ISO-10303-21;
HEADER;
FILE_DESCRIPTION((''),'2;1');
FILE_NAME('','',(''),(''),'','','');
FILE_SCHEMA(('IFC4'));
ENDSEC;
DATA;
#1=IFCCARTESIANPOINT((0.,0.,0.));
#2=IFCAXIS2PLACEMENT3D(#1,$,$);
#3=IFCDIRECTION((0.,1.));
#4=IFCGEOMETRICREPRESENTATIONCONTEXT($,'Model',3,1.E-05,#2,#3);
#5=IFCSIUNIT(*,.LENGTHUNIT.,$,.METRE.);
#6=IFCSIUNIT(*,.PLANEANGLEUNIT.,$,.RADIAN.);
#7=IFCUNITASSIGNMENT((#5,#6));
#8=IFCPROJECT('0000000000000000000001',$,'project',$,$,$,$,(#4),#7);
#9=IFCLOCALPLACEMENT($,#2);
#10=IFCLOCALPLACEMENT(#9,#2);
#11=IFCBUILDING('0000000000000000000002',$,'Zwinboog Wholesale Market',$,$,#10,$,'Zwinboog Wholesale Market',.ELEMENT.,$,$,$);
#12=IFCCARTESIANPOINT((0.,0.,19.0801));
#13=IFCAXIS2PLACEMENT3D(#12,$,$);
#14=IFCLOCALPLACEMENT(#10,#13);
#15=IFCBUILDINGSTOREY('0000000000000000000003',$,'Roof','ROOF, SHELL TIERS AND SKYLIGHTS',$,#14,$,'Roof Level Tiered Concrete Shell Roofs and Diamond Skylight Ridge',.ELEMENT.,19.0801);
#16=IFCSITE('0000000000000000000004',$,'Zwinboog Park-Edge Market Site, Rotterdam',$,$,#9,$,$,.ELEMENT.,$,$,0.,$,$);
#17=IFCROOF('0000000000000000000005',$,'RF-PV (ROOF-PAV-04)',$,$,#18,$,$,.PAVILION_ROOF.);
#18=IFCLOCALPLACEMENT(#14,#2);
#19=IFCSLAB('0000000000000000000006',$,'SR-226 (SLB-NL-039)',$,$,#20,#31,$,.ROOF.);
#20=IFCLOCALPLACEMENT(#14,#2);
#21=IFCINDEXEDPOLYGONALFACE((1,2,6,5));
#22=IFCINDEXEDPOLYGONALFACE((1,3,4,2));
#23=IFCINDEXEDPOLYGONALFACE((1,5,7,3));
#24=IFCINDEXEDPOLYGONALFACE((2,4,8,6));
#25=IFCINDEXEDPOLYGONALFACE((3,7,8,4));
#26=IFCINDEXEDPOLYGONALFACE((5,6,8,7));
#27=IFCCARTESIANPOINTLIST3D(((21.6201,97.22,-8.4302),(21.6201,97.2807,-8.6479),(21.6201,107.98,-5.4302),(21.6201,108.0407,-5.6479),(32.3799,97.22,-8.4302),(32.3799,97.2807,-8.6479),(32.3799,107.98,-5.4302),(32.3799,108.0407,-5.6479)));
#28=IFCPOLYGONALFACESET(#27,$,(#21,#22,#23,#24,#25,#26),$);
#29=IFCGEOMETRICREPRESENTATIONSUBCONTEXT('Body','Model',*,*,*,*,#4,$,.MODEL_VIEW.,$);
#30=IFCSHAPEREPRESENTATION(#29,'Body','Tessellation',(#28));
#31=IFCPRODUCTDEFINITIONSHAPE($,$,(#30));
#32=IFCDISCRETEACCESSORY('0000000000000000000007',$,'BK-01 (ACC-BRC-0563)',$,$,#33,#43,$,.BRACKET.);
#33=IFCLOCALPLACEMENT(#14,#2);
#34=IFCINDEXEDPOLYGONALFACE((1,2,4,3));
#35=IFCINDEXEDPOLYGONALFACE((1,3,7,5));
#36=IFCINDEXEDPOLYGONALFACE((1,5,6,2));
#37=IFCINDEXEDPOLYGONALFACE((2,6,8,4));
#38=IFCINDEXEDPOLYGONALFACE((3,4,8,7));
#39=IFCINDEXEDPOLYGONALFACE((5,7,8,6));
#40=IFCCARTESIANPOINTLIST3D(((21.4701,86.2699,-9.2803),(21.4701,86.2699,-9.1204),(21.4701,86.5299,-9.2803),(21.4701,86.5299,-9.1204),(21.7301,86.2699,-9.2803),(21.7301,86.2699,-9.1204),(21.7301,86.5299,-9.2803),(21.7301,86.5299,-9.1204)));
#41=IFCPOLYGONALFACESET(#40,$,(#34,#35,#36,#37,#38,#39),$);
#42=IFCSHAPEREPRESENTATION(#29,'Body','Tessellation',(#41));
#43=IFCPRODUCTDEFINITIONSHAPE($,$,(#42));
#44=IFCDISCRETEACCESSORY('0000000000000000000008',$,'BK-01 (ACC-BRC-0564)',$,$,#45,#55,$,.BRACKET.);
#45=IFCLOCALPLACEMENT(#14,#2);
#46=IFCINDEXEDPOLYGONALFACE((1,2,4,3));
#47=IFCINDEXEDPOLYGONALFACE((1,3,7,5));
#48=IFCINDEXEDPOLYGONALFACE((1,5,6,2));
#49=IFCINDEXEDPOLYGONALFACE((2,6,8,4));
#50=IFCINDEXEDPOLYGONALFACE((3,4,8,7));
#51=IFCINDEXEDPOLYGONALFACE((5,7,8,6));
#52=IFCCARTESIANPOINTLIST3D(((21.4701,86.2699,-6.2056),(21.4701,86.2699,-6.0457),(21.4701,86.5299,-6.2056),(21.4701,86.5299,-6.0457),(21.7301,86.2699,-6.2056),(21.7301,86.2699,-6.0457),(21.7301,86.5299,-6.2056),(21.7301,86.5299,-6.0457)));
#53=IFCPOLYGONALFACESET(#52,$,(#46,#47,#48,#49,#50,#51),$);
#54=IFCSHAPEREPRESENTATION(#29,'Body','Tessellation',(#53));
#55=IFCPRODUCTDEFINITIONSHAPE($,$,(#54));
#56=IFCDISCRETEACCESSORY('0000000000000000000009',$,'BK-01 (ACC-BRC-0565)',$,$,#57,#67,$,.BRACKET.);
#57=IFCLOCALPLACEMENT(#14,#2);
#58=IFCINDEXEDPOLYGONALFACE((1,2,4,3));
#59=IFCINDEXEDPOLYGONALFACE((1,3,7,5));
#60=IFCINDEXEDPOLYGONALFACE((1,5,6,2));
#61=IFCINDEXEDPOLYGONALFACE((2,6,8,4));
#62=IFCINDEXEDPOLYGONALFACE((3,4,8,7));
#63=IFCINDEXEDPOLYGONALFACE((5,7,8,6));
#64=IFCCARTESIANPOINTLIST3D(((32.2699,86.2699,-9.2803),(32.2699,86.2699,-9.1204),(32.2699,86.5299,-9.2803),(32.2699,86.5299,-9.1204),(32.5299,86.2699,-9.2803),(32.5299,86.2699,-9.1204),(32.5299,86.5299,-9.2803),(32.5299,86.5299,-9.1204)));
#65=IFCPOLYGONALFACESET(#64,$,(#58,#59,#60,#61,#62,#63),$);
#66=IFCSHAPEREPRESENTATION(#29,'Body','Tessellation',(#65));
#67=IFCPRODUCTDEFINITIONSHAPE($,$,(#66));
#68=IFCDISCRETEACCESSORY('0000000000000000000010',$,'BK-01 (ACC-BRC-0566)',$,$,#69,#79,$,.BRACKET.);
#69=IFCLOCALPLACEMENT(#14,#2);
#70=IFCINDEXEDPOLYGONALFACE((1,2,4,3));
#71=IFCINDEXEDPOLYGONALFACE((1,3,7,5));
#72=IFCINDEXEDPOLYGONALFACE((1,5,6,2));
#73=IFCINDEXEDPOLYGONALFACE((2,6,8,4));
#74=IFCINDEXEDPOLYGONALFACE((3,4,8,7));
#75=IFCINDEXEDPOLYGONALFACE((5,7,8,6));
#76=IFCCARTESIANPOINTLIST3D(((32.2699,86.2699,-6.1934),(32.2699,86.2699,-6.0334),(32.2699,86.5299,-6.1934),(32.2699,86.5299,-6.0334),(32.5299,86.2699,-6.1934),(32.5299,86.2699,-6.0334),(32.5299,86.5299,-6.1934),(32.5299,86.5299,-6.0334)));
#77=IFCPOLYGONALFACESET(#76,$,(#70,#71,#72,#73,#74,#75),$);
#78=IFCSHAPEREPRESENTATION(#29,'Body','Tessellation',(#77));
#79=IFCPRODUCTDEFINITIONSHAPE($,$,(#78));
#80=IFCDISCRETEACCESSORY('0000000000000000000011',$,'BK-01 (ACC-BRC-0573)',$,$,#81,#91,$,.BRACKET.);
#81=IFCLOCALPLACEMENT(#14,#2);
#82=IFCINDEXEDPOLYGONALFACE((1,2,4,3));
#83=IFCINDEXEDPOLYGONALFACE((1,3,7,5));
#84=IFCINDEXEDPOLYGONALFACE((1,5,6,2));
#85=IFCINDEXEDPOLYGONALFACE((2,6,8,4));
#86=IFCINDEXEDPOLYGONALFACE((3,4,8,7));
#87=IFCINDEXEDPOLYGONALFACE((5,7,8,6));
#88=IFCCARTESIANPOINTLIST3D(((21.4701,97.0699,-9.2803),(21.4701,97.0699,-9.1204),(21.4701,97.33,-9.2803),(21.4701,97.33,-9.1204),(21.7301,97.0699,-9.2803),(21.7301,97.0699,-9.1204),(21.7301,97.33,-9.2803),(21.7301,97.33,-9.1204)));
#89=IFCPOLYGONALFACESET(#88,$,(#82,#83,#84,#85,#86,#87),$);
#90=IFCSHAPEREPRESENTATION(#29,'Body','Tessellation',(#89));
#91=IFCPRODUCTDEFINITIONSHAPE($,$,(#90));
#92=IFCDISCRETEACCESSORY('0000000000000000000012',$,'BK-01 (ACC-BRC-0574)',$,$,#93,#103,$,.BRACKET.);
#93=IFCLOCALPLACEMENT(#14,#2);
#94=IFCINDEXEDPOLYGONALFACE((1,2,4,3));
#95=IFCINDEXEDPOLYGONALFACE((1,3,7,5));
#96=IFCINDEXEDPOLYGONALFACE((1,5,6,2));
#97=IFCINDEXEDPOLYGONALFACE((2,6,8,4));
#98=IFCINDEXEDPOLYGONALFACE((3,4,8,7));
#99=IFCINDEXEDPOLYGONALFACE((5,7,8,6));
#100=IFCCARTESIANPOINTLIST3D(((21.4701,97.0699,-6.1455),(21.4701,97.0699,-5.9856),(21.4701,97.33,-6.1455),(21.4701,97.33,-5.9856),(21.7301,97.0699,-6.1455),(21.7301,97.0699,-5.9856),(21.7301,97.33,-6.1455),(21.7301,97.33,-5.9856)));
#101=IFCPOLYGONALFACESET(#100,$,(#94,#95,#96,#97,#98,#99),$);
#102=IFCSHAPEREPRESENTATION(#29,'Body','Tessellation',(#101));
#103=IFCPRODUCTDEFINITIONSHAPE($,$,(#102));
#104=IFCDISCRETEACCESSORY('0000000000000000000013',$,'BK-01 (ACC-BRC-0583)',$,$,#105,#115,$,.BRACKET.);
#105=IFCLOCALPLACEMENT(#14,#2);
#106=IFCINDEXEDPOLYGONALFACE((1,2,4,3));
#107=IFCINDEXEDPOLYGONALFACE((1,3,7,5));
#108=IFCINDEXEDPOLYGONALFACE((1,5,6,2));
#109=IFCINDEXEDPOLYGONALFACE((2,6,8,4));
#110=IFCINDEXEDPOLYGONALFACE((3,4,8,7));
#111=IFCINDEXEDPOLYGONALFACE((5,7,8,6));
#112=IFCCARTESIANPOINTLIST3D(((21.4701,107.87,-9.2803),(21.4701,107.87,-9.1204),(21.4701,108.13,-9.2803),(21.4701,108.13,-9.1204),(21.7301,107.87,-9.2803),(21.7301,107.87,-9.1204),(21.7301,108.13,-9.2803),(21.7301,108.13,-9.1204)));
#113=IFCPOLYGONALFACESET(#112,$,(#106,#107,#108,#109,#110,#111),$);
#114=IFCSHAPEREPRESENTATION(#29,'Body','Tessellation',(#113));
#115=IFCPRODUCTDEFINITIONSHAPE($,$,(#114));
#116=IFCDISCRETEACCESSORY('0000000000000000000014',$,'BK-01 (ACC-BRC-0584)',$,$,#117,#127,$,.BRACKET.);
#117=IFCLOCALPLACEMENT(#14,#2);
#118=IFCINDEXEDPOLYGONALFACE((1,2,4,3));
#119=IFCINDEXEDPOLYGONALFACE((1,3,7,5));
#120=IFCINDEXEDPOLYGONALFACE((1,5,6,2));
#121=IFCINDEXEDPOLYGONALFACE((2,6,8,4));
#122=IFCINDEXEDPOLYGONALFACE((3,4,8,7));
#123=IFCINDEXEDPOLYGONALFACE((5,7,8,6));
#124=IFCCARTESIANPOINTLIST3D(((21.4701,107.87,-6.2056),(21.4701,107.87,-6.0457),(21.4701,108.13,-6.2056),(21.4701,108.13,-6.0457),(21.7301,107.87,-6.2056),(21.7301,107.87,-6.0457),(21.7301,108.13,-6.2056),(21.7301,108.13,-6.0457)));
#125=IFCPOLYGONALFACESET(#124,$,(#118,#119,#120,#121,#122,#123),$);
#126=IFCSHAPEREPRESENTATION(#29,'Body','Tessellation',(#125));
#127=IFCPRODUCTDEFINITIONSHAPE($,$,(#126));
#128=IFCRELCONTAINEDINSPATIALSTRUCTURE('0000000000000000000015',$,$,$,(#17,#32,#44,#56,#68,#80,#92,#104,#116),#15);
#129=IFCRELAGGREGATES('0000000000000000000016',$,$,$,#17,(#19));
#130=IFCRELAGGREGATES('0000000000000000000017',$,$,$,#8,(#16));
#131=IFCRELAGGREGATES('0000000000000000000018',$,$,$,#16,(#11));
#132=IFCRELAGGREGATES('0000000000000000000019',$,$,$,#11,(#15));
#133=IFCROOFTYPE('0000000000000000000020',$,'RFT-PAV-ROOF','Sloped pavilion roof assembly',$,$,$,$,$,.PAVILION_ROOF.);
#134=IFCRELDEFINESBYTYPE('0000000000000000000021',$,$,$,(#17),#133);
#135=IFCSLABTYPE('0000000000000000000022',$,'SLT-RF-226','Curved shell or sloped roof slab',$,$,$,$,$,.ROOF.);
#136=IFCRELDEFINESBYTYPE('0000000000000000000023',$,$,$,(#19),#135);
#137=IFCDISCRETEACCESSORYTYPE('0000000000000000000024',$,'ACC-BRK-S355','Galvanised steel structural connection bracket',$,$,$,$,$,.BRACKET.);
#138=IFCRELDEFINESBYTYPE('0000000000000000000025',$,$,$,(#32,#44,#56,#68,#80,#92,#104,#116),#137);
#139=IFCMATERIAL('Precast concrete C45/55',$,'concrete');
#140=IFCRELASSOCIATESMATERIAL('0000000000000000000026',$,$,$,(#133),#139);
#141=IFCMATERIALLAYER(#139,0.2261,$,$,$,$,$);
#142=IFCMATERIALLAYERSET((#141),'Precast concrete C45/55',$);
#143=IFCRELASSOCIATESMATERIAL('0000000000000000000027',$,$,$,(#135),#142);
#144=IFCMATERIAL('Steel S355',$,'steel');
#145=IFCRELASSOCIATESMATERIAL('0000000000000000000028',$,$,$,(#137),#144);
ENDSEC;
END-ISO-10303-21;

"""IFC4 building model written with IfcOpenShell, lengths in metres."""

from ifc_helpers import new_model, si_unit, direction, frame, origin, origin_2d, place, context, subcontext, project, spatial, polyline, rectangle, outline, extrude, material, layer, layer_set, type_object, element, aggregate, save


model = new_model("IFC4")

# Units and contexts
model_context = context("Model", 3, precision=1e-05, world=origin(), true_north=direction((0.0, 1.0)))
body_context = subcontext(model_context, "Body", "Model", "MODEL_VIEW")
ifc_project = project(units=[si_unit("LENGTHUNIT", "METRE"), si_unit("PLANEANGLEUNIT", "RADIAN")], contexts=[model_context])

# Site, building, storey
site_placement = place(None, origin())
site = spatial("IfcSite", under=ifc_project, at=site_placement, Name="Zwinboog Park-Edge Market Site, Rotterdam", CompositionType="ELEMENT", RefElevation=0.0)
building_placement = place(site_placement, origin())
building = spatial("IfcBuilding", under=site, at=building_placement, Name="Zwinboog Wholesale Market", LongName="Zwinboog Wholesale Market", CompositionType="ELEMENT")
storey_placement = place(building_placement, frame((0.0, 0.0, 19.0801)))
storey = spatial("IfcBuildingStorey", under=building, at=storey_placement, Name="Roof", Description="ROOF, SHELL TIERS AND SKYLIGHTS", LongName="Roof Level Tiered Concrete Shell Roofs and Diamond Skylight Ridge", CompositionType="ELEMENT", Elevation=19.0801)

# Shared definitions
ifc_material_1 = material(Name="Precast concrete C45/55", Category="concrete")

# Shared definitions
ifc_material_2 = material(Name="Steel S355", Category="steel")

# Roof
roof_type = type_object("IfcRoofType", Name="RFT-PAV-ROOF", Description="Sloped pavilion roof assembly", PredefinedType="PAVILION_ROOF", material=ifc_material_1)
roof_1_placement = place(storey_placement, origin())
roof_1 = element("IfcRoof", 1, at=roof_1_placement, inside=storey, type_object=roof_type, Name="RF-PV (ROOF-PAV-04)", PredefinedType="PAVILION_ROOF")
ifc_layer_1 = layer(ifc_material_1, 0.2261)
ifc_layer_set_1 = layer_set([ifc_layer_1], Name="Precast concrete C45/55")
slab_type_1 = type_object("IfcSlabType", Name="SLT-RF-226", Description="Curved shell or sloped roof slab", PredefinedType="ROOF", material=ifc_layer_set_1)

# Slab
slab_1_placement = place(storey_placement, frame((21.6201, 97.22, -8.4302), z_axis=(0.0, -0.268567, 0.963261), x_axis=(1.0, 0.0, 0.0)))
slab_1 = element("IfcSlab", 2, at=slab_1_placement, type_object=slab_type_1, Name="SR-226 (SLB-NL-039)", PredefinedType="ROOF", context=body_context, shape_type="SweptSolid", body=[
    extrude(outline(polyline([(0.0, 0.0), (10.7598, 0.0), (10.7598, 11.1704), (0.0, 11.1704), (0.0, 0.0)])), origin(), (0.0, 0.0, -1.0), 0.2261),
])
aggregate(roof_1, [slab_1])

# Discrete accessories
discrete_accessory_type = type_object("IfcDiscreteAccessoryType", Name="ACC-BRK-S355", Description="Galvanised steel structural connection bracket", PredefinedType="BRACKET", material=ifc_material_2)
for number, where, z_axis, x_axis, name in (
    (3, (21.6001, 86.3999, -9.2803), (0.0, 0.0, 1.0), (1.0, 0.0, 0.0), "BK-01 (ACC-BRC-0563)"),
    (4, (21.6001, 86.3999, -6.2056), (0.0, 0.0, 1.0), (1.0, 0.0, 0.0), "BK-01 (ACC-BRC-0564)"),
    (5, (32.3999, 86.3999, -9.2803), (0.0, 0.0, 1.0), (1.0, 0.0, 0.0), "BK-01 (ACC-BRC-0565)"),
    (6, (32.3999, 86.3999, -6.1934), (0.0, 0.0, 1.0), (1.0, 0.0, 0.0), "BK-01 (ACC-BRC-0566)"),
    (7, (21.6001, 97.2, -9.2803), (0.0, 0.0, 1.0), (1.0, 0.0, 0.0), "BK-01 (ACC-BRC-0573)"),
    (8, (21.6001, 97.2, -6.1455), (0.0, 0.0, 1.0), (1.0, 0.0, 0.0), "BK-01 (ACC-BRC-0574)"),
    (9, (21.6001, 108.0, -9.2803), (0.0, 0.0, 1.0), (1.0, 0.0, 0.0), "BK-01 (ACC-BRC-0583)"),
    (10, (21.6001, 108.0, -6.2056), (0.0, 0.0, 1.0), (1.0, 0.0, 0.0), "BK-01 (ACC-BRC-0584)"),
):
    element("IfcDiscreteAccessory", number, at=place(storey_placement, frame(where, z_axis=z_axis, x_axis=x_axis)), inside=storey, type_object=discrete_accessory_type, Name=name, PredefinedType="BRACKET", context=body_context, shape_type="SweptSolid", body=[
        extrude(rectangle(XDim=0.26, YDim=0.26, at=origin_2d()), origin(), (0.0, 0.0, 1.0), 0.1599),
    ])

save(model, "model.ifc")
